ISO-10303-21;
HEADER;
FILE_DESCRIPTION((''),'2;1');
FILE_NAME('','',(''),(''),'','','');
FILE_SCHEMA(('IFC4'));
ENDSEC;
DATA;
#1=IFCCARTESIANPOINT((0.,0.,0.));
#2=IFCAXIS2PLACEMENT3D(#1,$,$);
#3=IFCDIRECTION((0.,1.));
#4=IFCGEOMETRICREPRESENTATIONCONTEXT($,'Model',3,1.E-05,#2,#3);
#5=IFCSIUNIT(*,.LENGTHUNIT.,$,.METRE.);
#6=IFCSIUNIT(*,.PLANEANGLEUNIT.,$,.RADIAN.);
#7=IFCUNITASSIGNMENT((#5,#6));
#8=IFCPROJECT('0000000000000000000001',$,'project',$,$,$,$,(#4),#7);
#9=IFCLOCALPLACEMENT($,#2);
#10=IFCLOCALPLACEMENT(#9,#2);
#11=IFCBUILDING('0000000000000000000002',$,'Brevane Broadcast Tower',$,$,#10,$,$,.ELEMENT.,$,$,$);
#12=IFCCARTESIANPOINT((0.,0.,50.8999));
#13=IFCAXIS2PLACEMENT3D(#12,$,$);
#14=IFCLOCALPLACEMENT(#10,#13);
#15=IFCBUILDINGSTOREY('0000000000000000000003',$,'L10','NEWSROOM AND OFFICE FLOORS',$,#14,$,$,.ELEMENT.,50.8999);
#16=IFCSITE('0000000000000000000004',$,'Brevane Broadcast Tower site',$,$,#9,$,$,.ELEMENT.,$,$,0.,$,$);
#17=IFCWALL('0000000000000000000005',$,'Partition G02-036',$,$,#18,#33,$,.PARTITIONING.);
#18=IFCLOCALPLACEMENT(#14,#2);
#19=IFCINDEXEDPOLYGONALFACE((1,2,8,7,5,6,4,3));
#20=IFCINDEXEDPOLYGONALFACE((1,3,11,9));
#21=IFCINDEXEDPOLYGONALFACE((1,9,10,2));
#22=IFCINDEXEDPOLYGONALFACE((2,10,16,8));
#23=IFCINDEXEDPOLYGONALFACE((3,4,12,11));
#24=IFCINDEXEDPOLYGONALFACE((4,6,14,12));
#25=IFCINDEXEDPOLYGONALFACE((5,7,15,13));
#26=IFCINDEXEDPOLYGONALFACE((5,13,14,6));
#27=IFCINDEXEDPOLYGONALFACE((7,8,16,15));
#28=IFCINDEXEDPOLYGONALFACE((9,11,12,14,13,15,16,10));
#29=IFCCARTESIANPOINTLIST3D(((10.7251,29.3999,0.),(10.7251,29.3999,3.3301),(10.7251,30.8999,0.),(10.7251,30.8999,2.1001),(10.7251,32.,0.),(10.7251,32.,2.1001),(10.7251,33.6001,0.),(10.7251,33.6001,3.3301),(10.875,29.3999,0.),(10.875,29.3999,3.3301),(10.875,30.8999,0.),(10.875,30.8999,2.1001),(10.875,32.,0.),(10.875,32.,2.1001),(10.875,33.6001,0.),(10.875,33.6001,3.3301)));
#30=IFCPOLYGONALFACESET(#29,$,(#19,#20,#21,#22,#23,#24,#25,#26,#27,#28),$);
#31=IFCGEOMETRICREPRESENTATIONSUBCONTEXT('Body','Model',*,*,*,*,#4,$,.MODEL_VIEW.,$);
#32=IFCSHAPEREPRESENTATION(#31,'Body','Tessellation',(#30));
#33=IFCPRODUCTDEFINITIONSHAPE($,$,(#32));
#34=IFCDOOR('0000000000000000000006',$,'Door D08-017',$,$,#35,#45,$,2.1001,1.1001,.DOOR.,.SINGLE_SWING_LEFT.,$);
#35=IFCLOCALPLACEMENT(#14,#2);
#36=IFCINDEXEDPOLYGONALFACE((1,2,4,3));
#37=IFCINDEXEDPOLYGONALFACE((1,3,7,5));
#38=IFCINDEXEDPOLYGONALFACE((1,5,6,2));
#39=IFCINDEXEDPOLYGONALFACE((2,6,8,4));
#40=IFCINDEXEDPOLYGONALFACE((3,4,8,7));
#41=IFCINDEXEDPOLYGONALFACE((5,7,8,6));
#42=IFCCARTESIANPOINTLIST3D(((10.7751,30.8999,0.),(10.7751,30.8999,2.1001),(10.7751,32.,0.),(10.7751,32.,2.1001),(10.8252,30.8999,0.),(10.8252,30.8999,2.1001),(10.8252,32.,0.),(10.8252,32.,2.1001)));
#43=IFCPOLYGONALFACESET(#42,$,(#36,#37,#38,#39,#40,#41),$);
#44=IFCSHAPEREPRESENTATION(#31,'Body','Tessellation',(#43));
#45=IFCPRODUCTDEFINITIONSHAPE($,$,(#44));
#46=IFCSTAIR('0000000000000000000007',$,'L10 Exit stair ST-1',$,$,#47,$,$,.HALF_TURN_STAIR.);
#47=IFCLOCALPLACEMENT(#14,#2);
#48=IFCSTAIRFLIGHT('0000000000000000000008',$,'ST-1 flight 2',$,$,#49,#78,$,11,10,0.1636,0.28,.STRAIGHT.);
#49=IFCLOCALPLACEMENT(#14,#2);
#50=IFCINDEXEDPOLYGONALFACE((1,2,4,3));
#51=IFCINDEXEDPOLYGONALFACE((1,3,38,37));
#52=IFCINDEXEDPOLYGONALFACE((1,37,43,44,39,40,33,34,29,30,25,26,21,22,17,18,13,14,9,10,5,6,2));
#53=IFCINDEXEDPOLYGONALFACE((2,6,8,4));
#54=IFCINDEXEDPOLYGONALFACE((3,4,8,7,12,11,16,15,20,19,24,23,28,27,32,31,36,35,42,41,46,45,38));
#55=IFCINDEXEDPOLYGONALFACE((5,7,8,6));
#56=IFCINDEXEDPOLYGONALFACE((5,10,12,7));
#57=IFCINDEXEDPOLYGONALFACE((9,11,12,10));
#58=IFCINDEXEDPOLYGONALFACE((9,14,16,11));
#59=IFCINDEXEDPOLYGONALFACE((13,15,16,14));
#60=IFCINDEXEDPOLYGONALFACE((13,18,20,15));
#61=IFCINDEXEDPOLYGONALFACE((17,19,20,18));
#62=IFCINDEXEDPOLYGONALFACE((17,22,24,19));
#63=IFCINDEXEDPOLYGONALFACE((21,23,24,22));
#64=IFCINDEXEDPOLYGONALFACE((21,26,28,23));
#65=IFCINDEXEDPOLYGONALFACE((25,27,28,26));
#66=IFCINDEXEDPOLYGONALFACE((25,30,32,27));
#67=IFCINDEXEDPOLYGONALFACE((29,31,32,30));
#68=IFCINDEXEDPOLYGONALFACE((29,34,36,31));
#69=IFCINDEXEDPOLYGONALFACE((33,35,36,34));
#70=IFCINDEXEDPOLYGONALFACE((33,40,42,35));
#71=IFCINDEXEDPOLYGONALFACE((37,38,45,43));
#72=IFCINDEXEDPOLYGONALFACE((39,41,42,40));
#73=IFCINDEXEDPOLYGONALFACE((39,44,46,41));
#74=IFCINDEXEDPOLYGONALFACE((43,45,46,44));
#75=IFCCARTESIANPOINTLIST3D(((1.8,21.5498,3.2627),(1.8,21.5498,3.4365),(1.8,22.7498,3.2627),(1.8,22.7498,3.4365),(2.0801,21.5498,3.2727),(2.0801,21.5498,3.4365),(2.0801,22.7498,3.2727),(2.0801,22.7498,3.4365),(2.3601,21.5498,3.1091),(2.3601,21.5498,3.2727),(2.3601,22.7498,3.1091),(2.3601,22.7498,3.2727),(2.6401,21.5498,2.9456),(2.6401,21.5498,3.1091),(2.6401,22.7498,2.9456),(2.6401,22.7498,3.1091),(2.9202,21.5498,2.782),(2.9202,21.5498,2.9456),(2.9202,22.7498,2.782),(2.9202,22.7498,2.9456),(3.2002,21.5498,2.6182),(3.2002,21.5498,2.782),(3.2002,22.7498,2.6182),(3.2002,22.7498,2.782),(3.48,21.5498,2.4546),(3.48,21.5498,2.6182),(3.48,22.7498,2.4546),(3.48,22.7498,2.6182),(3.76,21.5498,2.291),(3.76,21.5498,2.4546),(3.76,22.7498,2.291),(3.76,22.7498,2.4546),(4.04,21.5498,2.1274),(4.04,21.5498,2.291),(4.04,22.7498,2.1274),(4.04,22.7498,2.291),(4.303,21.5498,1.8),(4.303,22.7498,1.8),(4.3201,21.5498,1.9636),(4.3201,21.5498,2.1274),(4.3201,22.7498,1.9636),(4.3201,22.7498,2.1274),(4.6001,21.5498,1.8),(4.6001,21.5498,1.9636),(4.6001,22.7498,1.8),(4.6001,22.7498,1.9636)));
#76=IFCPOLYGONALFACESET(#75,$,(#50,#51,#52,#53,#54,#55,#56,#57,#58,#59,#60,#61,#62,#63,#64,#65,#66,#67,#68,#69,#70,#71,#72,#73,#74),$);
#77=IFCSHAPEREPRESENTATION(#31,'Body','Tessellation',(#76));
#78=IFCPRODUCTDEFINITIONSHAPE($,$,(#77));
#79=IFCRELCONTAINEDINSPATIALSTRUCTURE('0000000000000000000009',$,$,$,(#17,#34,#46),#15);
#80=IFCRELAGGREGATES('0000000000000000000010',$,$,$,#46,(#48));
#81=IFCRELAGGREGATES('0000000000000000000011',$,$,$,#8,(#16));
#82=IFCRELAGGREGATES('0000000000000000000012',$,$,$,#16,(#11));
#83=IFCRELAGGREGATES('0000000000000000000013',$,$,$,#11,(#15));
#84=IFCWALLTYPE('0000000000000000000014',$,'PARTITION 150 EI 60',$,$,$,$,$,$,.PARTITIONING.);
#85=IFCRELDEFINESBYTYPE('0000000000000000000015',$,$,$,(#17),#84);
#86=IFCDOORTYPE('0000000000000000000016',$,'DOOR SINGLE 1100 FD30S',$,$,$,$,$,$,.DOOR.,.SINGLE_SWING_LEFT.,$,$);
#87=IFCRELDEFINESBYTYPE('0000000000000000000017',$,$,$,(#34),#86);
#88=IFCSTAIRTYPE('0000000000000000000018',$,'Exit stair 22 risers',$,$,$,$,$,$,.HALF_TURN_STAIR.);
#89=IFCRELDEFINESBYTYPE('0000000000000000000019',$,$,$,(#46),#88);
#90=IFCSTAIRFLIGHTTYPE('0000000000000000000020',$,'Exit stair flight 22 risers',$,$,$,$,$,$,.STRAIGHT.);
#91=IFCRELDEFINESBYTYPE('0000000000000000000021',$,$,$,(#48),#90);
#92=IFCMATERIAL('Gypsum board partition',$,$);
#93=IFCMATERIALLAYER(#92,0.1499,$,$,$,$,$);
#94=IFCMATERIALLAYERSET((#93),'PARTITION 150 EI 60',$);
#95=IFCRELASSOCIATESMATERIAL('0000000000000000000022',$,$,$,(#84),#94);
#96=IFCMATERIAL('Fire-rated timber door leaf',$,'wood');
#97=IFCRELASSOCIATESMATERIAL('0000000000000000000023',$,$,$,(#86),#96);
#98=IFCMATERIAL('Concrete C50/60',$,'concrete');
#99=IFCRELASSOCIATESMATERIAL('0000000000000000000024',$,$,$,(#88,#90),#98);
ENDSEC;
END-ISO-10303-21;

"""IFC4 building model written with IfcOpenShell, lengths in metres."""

from ifc_helpers import new_model, si_unit, direction, frame, frame_2d, origin, place, context, subcontext, project, spatial, polyline, rectangle, outline, extrude, material, layer, layer_set, type_object, element, fill, aggregate, save


model = new_model("IFC4")

# Units and contexts
model_context = context("Model", 3, precision=1e-05, world=origin(), true_north=direction((0.0, 1.0)))
body_context = subcontext(model_context, "Body", "Model", "MODEL_VIEW")
ifc_project = project(units=[si_unit("LENGTHUNIT", "METRE"), si_unit("PLANEANGLEUNIT", "RADIAN")], contexts=[model_context])

# Site, building, storey
site_placement = place(None, origin())
site = spatial("IfcSite", under=ifc_project, at=site_placement, Name="Brevane Broadcast Tower site", CompositionType="ELEMENT", RefElevation=0.0)
building_placement = place(site_placement, origin())
building = spatial("IfcBuilding", under=site, at=building_placement, Name="Brevane Broadcast Tower", CompositionType="ELEMENT")
storey_placement = place(building_placement, frame((0.0, 0.0, 50.8999)))
storey = spatial("IfcBuildingStorey", under=building, at=storey_placement, Name="L10", Description="NEWSROOM AND OFFICE FLOORS", CompositionType="ELEMENT", Elevation=50.8999)

# Shared definitions
ifc_material_1 = material(Name="Gypsum board partition")

# Wall, opening, door
ifc_layer_1 = layer(ifc_material_1, 0.1499)
ifc_layer_set_1 = layer_set([ifc_layer_1], Name="PARTITION 150 EI 60")
wall_type_1 = type_object("IfcWallType", Name="PARTITION 150 EI 60", PredefinedType="PARTITIONING", material=ifc_layer_set_1)
ifc_material_2 = material(Name="Fire-rated timber door leaf", Category="wood")
door_type_1 = type_object("IfcDoorType", Name="DOOR SINGLE 1100 FD30S", OperationType="SINGLE_SWING_LEFT", PredefinedType="DOOR", material=ifc_material_2)
wall_1_placement = place(storey_placement, frame((10.8, 29.3999, 0.0), z_axis=(0.0, 0.0, 1.0), x_axis=(0.0, 1.0, 0.0)))
wall_1 = element("IfcWall", 1, at=wall_1_placement, inside=storey, type_object=wall_type_1, Name="Partition G02-036", PredefinedType="PARTITIONING", context=body_context, shape_type="SweptSolid", body=[
    extrude(rectangle(XDim=4.2002, YDim=0.1499, at=frame_2d((2.1001, 0.0))), origin(), (0.0, 0.0, 1.0), 3.3301),
])
opening_1_placement = place(wall_1_placement, frame((1.5, 0.0, 0.0)))
opening_1 = element("IfcOpeningElement", 2, at=opening_1_placement, cuts=wall_1, PredefinedType="OPENING", context=body_context, shape_type="SweptSolid", body=[
    extrude(rectangle(XDim=1.1001, YDim=2.1001, at=frame_2d((0.55, 1.05))), frame((0.0, 0.085, 0.0), z_axis=(0.0, -1.0, 0.0), x_axis=(1.0, 0.0, 0.0)), (0.0, 0.0, 1.0), 0.1699),
])
door_1_placement = place(opening_1_placement, origin())
door_1 = element("IfcDoor", 3, at=door_1_placement, inside=storey, type_object=door_type_1, Name="Door D08-017", OperationType="SINGLE_SWING_LEFT", OverallHeight=2.1001, OverallWidth=1.1001, PredefinedType="DOOR", context=body_context, shape_type="SweptSolid", body=[
    extrude(rectangle(XDim=1.1001, YDim=2.1001, at=frame_2d((0.55, 1.05))), frame((0.0, 0.0249, 0.0), z_axis=(0.0, -1.0, 0.0), x_axis=(1.0, 0.0, 0.0)), (0.0, 0.0, 1.0), 0.05),
])
fill(opening_1, door_1)

# Stair, stair flight
ifc_material_3 = material(Name="Concrete C50/60", Category="concrete")
stair_type = type_object("IfcStairType", Name="Exit stair 22 risers", PredefinedType="HALF_TURN_STAIR", material=ifc_material_3)
stair_placement = place(storey_placement, origin())
stair = element("IfcStair", 4, at=stair_placement, inside=storey, type_object=stair_type, Name="L10 Exit stair ST-1", PredefinedType="HALF_TURN_STAIR")
stair_flight_type = type_object("IfcStairFlightType", Name="Exit stair flight 22 risers", PredefinedType="STRAIGHT", material=ifc_material_3)
stair_flight_placement = place(storey_placement, frame((4.6001, 22.1499, 1.8), z_axis=(0.0, 0.0, 1.0), x_axis=(-1.0, 0.0, 0.0)))
stair_flight = element("IfcStairFlight", 5, at=stair_flight_placement, type_object=stair_flight_type, Name="ST-1 flight 2", NumberOfRisers=11, NumberOfTreads=10, PredefinedType="STRAIGHT", RiserHeight=0.1636, TreadLength=0.28, context=body_context, shape_type="SweptSolid", body=[
    extrude(outline(polyline([(0.0, 0.0), (0.0, 0.1636), (0.28, 0.1636), (0.28, 0.3274), (0.5601, 0.3274), (0.5601, 0.491), (0.8401, 0.491), (0.8401, 0.6545), (1.1201, 0.6545), (1.1201, 0.8181), (1.3999, 0.8181), (1.3999, 0.9819), (1.6799, 0.9819), (1.6799, 1.1455), (1.96, 1.1455), (1.96, 1.3091), (2.24, 1.3091), (2.24, 1.4727), (2.52, 1.4727), (2.52, 1.6365), (2.8, 1.6365), (2.8, 1.8), (2.8, 1.4626), (0.2971, 0.0), (0.0, 0.0)])), frame((0.0, 0.6001, 0.0), z_axis=(0.0, -1.0, 0.0), x_axis=(1.0, 0.0, 0.0)), (0.0, 0.0, 1.0), 1.2),
])
aggregate(stair, [stair_flight])

save(model, "model.ifc")
